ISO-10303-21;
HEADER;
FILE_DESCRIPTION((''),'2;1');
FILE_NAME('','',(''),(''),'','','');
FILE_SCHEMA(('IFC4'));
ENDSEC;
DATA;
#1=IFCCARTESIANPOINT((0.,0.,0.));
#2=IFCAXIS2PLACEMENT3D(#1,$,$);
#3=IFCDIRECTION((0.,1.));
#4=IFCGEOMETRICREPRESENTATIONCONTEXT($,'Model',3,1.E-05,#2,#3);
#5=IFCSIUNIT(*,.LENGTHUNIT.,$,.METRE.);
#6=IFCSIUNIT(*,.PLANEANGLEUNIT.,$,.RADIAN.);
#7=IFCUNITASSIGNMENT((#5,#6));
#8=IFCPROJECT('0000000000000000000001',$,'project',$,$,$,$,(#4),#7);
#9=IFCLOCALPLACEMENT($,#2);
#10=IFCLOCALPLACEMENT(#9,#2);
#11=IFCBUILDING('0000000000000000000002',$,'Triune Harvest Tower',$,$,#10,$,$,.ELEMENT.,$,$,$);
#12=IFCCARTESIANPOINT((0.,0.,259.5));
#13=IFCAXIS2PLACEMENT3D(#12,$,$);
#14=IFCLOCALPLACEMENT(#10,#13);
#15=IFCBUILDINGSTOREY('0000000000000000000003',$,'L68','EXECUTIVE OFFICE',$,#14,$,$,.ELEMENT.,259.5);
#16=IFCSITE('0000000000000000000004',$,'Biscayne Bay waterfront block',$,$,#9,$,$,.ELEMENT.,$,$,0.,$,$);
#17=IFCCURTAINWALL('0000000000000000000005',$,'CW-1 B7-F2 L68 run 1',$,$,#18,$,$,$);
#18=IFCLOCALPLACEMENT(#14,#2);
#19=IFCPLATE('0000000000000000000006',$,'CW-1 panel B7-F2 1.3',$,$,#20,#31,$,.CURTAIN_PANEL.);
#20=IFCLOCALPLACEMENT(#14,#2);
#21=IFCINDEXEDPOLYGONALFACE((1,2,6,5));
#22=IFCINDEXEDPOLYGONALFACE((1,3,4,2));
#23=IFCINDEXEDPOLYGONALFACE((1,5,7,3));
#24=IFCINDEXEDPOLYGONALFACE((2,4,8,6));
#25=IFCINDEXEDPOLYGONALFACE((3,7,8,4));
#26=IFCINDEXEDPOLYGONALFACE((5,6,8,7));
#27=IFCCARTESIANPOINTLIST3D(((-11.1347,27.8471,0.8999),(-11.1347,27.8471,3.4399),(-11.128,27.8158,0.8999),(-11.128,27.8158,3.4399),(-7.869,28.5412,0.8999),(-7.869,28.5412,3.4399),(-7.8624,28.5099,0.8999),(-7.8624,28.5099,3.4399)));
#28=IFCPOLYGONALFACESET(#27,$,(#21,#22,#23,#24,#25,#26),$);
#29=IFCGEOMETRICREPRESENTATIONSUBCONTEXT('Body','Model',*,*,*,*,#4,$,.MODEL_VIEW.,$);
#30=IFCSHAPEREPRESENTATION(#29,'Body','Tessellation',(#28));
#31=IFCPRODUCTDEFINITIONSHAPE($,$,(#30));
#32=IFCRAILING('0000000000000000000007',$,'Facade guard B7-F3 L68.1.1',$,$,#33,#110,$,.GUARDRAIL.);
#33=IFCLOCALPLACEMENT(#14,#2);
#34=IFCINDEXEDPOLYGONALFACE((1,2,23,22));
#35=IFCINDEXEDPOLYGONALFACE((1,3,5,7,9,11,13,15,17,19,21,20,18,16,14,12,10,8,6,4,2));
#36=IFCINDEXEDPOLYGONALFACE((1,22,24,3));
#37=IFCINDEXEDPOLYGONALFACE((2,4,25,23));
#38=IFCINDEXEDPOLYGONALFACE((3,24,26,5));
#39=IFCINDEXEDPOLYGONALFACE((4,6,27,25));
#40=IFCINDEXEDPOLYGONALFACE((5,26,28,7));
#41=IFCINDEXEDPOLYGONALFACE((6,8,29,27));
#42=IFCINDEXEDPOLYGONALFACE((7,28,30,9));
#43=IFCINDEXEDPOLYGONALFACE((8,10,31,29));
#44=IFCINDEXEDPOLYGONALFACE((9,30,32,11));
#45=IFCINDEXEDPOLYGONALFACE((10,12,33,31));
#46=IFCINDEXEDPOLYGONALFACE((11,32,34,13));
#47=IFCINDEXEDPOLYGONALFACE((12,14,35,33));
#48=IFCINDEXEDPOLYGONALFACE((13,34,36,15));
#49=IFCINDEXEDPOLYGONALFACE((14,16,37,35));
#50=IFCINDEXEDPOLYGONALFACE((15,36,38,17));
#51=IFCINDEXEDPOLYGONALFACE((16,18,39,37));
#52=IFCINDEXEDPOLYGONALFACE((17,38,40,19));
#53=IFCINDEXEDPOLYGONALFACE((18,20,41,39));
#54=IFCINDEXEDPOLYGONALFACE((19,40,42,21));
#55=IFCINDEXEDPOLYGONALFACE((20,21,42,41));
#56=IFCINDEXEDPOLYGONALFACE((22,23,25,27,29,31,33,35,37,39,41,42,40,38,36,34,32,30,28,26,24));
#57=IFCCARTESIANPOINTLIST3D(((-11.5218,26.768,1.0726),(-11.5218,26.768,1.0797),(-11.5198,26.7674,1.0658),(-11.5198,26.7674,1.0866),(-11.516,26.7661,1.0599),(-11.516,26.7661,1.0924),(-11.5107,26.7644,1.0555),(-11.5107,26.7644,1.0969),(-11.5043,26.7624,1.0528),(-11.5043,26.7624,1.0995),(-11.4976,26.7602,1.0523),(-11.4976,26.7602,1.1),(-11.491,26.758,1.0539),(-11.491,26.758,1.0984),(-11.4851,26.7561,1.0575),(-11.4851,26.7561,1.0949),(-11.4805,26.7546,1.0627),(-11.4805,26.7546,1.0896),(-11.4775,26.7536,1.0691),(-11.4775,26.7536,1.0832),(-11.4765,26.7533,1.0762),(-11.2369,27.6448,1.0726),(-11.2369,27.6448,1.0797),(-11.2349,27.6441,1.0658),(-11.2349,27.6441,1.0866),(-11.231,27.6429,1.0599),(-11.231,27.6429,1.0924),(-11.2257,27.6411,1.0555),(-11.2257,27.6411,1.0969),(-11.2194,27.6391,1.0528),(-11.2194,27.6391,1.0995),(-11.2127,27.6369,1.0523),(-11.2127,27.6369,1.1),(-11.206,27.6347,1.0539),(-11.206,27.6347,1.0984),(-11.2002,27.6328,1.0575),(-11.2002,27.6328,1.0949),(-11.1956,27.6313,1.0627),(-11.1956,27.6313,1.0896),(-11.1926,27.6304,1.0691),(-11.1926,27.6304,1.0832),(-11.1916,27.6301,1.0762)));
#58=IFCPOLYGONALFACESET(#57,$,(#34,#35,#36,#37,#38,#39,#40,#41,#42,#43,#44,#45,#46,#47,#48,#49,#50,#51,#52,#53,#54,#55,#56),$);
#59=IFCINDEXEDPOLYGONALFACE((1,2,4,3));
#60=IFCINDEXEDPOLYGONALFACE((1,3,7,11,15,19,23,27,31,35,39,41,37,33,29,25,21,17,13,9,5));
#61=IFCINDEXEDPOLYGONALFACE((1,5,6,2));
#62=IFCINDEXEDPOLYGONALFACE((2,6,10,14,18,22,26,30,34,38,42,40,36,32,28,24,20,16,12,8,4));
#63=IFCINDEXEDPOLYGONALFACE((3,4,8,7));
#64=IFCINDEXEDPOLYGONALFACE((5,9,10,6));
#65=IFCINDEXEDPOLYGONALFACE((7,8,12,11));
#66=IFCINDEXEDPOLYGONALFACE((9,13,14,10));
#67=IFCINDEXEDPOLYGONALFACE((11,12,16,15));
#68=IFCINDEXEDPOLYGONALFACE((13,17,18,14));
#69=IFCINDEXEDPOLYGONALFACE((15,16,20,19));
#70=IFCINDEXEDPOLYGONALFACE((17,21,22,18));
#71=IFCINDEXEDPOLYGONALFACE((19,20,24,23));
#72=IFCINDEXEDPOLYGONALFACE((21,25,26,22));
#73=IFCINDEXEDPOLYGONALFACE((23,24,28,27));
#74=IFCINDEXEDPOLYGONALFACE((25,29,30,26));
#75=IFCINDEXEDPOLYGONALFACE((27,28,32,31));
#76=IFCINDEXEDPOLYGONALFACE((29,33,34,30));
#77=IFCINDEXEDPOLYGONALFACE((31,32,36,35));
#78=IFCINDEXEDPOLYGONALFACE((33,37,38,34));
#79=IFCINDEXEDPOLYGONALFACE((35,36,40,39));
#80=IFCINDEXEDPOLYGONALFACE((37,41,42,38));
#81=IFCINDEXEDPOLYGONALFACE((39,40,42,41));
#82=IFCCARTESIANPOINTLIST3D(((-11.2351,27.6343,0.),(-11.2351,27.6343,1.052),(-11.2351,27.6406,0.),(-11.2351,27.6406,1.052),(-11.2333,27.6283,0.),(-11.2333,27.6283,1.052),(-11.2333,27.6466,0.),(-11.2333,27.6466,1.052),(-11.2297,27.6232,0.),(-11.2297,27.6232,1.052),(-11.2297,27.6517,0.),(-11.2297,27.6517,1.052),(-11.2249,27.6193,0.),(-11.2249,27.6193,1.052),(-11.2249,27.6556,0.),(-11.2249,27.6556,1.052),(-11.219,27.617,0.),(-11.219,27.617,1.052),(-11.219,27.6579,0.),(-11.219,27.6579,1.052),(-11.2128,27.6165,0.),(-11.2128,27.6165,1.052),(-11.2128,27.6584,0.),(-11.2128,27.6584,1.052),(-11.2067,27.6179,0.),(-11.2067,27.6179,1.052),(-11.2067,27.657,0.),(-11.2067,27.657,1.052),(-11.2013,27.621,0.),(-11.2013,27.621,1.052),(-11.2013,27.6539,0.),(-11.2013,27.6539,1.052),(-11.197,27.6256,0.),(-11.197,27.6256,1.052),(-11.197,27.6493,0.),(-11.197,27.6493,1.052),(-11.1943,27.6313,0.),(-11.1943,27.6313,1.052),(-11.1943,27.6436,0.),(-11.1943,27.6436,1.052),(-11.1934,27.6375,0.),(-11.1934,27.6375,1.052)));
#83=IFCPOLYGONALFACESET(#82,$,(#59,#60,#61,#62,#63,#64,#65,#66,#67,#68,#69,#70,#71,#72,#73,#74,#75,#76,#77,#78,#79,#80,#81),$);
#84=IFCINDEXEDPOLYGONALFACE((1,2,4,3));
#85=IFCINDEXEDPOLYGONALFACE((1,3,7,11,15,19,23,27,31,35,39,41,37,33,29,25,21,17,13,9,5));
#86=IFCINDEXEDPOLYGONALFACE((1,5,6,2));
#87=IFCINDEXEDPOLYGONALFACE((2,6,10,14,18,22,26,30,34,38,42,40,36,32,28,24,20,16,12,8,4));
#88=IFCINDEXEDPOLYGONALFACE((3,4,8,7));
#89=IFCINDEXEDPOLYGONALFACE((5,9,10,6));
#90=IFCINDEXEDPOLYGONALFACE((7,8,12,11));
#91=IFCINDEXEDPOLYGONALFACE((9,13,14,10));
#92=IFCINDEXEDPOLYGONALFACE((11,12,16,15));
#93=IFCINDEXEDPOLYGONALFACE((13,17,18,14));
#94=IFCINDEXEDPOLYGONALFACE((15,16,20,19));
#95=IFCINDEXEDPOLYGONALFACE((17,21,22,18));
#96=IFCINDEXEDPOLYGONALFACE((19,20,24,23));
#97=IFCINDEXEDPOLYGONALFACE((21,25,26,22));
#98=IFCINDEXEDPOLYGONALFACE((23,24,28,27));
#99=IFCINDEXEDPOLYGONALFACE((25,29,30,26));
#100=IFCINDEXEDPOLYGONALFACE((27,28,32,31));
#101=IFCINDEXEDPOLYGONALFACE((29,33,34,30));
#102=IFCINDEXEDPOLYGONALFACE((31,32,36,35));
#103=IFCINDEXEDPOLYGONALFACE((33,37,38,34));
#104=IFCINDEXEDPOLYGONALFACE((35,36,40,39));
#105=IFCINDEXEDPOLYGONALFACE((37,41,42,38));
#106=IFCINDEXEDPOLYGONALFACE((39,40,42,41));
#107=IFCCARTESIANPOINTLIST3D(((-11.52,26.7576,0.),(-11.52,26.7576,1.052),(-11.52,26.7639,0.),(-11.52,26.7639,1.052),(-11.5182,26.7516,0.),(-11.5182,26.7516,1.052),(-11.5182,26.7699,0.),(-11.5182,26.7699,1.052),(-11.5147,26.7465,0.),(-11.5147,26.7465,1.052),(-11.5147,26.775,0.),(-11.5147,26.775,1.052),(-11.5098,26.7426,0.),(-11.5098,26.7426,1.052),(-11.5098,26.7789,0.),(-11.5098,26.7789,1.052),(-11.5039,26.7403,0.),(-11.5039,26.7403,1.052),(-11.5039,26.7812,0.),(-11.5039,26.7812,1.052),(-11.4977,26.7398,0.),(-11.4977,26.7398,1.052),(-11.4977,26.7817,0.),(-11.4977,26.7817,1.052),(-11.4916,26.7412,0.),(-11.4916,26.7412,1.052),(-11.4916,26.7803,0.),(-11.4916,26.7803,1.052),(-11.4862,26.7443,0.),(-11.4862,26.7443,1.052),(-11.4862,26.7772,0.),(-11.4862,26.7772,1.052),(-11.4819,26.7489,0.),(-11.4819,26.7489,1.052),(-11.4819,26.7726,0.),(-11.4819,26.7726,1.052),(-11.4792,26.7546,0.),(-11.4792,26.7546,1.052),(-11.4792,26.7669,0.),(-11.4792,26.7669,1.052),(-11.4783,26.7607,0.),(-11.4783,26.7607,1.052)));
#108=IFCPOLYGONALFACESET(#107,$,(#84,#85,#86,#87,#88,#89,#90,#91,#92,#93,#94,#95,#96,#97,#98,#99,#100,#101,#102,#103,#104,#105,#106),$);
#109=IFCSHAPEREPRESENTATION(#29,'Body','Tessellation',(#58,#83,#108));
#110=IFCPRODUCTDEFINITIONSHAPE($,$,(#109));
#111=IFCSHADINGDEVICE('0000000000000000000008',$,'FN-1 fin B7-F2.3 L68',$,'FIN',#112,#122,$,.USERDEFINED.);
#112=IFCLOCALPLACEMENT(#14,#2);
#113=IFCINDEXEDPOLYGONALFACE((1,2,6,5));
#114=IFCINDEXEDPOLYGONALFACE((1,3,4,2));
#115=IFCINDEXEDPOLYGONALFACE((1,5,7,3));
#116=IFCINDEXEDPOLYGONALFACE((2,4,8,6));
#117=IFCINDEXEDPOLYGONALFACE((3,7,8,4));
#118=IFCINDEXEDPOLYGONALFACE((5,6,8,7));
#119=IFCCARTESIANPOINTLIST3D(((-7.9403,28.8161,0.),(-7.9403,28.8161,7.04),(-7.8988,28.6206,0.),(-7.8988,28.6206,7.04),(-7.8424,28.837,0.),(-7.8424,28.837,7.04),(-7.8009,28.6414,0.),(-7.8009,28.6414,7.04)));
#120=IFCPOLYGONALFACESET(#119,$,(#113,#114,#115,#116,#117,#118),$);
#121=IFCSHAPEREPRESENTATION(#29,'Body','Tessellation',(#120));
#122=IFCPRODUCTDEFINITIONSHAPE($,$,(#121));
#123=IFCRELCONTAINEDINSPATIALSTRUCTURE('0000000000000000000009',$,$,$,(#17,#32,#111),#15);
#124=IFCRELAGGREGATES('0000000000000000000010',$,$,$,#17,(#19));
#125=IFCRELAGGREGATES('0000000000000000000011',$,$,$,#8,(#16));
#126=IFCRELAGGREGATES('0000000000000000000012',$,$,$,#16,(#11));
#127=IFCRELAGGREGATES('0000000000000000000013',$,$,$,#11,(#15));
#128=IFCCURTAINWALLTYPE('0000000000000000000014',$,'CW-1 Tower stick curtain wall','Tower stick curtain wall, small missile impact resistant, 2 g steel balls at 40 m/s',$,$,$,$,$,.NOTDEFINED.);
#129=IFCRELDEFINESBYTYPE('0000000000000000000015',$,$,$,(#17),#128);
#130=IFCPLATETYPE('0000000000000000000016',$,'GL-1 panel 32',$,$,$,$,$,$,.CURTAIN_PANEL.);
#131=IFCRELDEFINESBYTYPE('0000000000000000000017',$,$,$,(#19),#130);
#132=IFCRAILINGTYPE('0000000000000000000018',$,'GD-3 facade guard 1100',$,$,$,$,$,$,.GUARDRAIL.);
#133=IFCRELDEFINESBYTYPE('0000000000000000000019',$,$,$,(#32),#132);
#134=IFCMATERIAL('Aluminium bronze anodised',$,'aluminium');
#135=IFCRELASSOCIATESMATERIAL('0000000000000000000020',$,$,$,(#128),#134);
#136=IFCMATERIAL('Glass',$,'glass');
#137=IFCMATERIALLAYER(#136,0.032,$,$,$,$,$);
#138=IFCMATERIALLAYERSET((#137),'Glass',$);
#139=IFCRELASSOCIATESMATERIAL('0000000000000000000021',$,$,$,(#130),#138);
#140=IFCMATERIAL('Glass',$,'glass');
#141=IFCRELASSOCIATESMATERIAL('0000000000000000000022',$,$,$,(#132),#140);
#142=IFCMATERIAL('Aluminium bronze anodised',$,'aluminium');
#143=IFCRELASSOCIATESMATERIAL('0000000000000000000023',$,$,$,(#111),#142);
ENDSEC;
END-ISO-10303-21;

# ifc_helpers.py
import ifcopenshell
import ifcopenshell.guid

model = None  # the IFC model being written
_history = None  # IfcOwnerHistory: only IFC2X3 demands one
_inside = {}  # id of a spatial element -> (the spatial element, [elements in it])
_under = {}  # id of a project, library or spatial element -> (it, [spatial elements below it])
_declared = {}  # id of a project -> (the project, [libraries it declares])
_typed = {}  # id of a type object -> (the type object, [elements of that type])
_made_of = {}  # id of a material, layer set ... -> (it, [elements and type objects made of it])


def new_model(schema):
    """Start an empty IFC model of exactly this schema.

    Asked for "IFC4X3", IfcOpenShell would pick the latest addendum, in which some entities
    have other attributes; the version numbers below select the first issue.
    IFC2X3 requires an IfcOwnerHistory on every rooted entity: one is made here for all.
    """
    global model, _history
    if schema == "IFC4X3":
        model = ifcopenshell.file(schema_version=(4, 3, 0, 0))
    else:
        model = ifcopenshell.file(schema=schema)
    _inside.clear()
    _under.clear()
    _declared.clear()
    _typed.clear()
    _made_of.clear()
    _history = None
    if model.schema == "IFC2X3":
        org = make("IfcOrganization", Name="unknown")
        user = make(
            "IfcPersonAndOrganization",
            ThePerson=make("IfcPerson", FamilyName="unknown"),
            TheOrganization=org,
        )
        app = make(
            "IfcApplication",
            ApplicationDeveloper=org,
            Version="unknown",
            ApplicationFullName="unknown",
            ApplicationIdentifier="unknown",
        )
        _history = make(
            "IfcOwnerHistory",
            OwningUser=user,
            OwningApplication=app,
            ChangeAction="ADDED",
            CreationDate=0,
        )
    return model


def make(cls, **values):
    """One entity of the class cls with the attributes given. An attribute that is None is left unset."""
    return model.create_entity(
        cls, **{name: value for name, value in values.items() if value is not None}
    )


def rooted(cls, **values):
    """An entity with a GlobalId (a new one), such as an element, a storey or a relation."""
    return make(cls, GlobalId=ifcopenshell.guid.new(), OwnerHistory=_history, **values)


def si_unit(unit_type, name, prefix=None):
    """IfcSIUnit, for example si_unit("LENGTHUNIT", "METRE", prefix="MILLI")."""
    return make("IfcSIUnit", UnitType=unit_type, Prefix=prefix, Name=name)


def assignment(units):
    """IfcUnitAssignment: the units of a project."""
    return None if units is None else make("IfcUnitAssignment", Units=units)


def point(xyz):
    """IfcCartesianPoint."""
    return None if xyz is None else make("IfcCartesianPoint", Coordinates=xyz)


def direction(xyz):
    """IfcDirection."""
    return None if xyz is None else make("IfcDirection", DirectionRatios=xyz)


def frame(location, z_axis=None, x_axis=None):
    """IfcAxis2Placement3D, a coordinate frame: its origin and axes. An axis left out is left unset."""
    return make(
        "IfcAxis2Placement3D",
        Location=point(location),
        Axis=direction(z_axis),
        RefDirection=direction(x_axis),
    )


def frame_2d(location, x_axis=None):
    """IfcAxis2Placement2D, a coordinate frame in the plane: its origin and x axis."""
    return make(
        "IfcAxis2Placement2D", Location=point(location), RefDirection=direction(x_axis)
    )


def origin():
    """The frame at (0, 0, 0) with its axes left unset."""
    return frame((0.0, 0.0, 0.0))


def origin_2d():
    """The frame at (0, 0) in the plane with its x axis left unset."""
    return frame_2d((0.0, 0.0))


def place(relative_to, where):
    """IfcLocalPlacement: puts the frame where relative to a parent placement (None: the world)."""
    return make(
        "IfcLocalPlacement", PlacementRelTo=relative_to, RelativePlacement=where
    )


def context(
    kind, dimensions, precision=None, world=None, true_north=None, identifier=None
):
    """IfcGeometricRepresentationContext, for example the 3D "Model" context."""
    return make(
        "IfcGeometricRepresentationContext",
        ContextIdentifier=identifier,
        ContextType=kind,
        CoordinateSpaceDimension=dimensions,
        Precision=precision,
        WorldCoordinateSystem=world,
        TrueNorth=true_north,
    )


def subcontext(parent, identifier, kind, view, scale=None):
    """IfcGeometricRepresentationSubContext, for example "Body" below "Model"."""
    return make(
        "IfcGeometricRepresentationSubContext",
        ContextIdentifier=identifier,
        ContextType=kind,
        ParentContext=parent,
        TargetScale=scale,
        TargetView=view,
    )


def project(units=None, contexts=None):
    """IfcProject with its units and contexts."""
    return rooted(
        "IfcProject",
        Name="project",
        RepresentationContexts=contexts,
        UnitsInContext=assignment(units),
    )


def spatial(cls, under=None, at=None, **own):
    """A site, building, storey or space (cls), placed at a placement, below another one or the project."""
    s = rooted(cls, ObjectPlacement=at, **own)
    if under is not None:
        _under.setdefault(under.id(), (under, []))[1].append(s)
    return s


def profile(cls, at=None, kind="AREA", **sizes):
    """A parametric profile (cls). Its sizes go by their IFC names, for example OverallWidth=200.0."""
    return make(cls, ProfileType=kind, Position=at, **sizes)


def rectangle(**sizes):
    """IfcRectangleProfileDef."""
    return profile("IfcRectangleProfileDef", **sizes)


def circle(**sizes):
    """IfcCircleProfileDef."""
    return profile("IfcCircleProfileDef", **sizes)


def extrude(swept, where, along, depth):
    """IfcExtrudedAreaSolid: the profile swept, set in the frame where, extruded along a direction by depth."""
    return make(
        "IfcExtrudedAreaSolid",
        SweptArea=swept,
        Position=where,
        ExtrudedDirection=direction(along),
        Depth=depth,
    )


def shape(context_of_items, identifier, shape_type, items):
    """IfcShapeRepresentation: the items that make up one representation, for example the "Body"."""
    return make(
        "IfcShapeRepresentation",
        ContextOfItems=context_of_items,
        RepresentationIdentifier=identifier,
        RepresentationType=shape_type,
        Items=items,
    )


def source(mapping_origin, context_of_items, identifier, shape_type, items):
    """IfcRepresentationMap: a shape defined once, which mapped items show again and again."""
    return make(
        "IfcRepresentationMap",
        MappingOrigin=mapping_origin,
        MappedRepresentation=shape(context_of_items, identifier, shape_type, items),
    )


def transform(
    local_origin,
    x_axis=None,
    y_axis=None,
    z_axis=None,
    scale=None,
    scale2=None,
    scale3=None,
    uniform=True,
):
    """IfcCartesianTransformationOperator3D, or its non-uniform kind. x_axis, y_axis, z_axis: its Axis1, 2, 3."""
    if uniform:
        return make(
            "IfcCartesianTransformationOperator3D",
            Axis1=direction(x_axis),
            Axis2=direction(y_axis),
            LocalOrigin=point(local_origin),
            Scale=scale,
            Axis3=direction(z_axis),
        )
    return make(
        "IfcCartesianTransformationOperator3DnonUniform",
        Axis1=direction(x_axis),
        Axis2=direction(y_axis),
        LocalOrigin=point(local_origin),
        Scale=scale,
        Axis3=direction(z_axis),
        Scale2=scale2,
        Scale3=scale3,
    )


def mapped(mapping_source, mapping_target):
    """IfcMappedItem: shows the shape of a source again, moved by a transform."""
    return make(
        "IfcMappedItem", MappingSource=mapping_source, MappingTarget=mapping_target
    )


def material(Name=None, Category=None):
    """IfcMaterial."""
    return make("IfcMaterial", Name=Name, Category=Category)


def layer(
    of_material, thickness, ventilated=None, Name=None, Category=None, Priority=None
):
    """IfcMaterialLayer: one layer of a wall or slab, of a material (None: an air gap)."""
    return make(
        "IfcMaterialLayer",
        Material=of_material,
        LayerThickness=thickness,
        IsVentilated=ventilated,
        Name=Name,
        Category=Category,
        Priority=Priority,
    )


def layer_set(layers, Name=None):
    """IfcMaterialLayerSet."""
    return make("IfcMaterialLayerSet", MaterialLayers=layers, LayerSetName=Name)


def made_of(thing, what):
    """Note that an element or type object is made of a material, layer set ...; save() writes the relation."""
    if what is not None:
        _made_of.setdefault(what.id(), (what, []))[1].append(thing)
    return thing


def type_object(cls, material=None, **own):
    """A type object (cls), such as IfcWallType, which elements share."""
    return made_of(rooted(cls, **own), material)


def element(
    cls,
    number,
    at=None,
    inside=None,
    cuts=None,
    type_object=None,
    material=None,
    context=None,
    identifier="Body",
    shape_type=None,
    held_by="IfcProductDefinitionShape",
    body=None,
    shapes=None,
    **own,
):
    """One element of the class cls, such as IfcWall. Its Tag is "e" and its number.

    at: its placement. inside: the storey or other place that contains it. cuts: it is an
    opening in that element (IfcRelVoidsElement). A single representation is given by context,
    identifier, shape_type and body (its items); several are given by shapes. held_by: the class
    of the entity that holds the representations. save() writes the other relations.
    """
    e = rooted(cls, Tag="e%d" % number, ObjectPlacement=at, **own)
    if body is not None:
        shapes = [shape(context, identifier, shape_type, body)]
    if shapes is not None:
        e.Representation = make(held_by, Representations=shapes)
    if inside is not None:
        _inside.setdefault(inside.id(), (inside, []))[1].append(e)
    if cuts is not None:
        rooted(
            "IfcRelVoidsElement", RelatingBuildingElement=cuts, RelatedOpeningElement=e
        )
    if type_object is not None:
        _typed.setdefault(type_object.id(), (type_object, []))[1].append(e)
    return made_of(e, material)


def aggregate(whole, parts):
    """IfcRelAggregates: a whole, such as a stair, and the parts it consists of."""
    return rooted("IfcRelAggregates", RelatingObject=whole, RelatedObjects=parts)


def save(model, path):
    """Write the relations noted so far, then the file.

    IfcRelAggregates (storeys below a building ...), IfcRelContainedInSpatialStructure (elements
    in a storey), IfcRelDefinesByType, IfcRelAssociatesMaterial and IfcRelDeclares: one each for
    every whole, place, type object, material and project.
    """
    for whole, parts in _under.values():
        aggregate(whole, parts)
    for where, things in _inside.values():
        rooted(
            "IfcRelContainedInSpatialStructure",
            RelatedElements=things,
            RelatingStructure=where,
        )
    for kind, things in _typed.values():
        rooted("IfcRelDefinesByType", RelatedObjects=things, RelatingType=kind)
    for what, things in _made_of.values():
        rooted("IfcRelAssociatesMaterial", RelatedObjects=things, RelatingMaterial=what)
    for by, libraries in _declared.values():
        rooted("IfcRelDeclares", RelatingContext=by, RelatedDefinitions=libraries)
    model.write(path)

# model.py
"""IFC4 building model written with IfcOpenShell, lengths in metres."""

from ifc_helpers import new_model, si_unit, direction, frame, origin, origin_2d, place, context, subcontext, project, spatial, rectangle, circle, extrude, source, transform, mapped, material, layer, layer_set, type_object, element, aggregate, save


model = new_model("IFC4")

# Units and contexts
model_context = context("Model", 3, precision=1e-05, world=origin(), true_north=direction((0.0, 1.0)))
body_context = subcontext(model_context, "Body", "Model", "MODEL_VIEW")
ifc_project = project(units=[si_unit("LENGTHUNIT", "METRE"), si_unit("PLANEANGLEUNIT", "RADIAN")], contexts=[model_context])

# Site, building, storey
site_placement = place(None, origin())
site = spatial("IfcSite", under=ifc_project, at=site_placement, Name="Biscayne Bay waterfront block", CompositionType="ELEMENT", RefElevation=0.0)
building_placement = place(site_placement, origin())
building = spatial("IfcBuilding", under=site, at=building_placement, Name="Triune Harvest Tower", CompositionType="ELEMENT")
storey_placement = place(building_placement, frame((0.0, 0.0, 259.5)))
storey = spatial("IfcBuildingStorey", under=building, at=storey_placement, Name="L68", Description="EXECUTIVE OFFICE", CompositionType="ELEMENT", Elevation=259.5)

# Curtain wall
ifc_material_1 = material(Name="Aluminium bronze anodised", Category="aluminium")
curtain_wall_type_1 = type_object("IfcCurtainWallType", Name="CW-1 Tower stick curtain wall", Description="Tower stick curtain wall, small missile impact resistant, 2 g steel balls at 40 m/s", PredefinedType="NOTDEFINED", material=ifc_material_1)
curtain_wall_1_placement = place(storey_placement, origin())
curtain_wall_1 = element("IfcCurtainWall", 1, at=curtain_wall_1_placement, inside=storey, type_object=curtain_wall_type_1, Name="CW-1 B7-F2 L68 run 1")

# Plate
ifc_material_2 = material(Name="Glass", Category="glass")
ifc_layer = layer(ifc_material_2, 0.032)
ifc_layer_set = layer_set([ifc_layer], Name="Glass")
plate_type = type_object("IfcPlateType", Name="GL-1 panel 32", PredefinedType="CURTAIN_PANEL", material=ifc_layer_set)
shared_shape_1 = source(origin(), body_context, "Body", "SweptSolid", [
    extrude(rectangle(XDim=3.3386, YDim=0.032, at=origin_2d()), origin(), (0.0, 0.0, 1.0), 2.54),
])
plate_1_placement = place(storey_placement, frame((-9.4985, 28.1785, 0.8999), z_axis=(0.0, 0.0, 1.0), x_axis=(-0.978149, -0.207905, 0.0)))
plate_1 = element("IfcPlate", 2, at=plate_1_placement, type_object=plate_type, Name="CW-1 panel B7-F2 1.3", PredefinedType="CURTAIN_PANEL", context=body_context, shape_type="MappedRepresentation", body=[
    mapped(shared_shape_1, transform((0.0, 0.0, 0.0), scale=1.0)),
])
aggregate(curtain_wall_1, [plate_1])

# Railing
ifc_material_3 = material(Name="Glass", Category="glass")
railing_type = type_object("IfcRailingType", Name="GD-3 facade guard 1100", PredefinedType="GUARDRAIL", material=ifc_material_3)
railing_placement = place(storey_placement, frame((-11.2144, 27.6375, 0.0)))
element("IfcRailing", 3, at=railing_placement, inside=storey, type_object=railing_type, Name="Facade guard B7-F3 L68.1.1", PredefinedType="GUARDRAIL", context=body_context, shape_type="SweptSolid", body=[
    extrude(circle(Radius=0.0239, at=origin_2d()), frame((0.0, 0.0, 1.0762), z_axis=(-0.309068, -0.95104, 0.0), x_axis=(0.95104, -0.309068, 0.0)), (0.0, 0.0, 1.0), 0.9219),
    extrude(circle(Radius=0.021, at=origin_2d()), origin(), (0.0, 0.0, 1.0), 1.052),
    extrude(circle(Radius=0.021, at=origin_2d()), frame((-0.2849, -0.8767, 0.0)), (0.0, 0.0, 1.0), 1.052),
])

# Shading device
ifc_material_4 = material(Name="Aluminium bronze anodised", Category="aluminium")
shared_shape_2 = source(origin(), body_context, "Body", "SweptSolid", [
    extrude(rectangle(XDim=0.1001, YDim=0.2, at=origin_2d()), origin(), (0.0, 0.0, 1.0), 7.04),
])
shading_device_placement = place(storey_placement, frame((-7.8706, 28.7288, 0.0), z_axis=(0.0, 0.0, 1.0), x_axis=(-0.978149, -0.207905, 0.0)))
element("IfcShadingDevice", 4, at=shading_device_placement, inside=storey, material=ifc_material_4, Name="FN-1 fin B7-F2.3 L68", ObjectType="FIN", PredefinedType="USERDEFINED", context=body_context, shape_type="MappedRepresentation", body=[
    mapped(shared_shape_2, transform((0.0, 0.0, 0.0), scale=1.0)),
])

save(model, "model.ifc")
